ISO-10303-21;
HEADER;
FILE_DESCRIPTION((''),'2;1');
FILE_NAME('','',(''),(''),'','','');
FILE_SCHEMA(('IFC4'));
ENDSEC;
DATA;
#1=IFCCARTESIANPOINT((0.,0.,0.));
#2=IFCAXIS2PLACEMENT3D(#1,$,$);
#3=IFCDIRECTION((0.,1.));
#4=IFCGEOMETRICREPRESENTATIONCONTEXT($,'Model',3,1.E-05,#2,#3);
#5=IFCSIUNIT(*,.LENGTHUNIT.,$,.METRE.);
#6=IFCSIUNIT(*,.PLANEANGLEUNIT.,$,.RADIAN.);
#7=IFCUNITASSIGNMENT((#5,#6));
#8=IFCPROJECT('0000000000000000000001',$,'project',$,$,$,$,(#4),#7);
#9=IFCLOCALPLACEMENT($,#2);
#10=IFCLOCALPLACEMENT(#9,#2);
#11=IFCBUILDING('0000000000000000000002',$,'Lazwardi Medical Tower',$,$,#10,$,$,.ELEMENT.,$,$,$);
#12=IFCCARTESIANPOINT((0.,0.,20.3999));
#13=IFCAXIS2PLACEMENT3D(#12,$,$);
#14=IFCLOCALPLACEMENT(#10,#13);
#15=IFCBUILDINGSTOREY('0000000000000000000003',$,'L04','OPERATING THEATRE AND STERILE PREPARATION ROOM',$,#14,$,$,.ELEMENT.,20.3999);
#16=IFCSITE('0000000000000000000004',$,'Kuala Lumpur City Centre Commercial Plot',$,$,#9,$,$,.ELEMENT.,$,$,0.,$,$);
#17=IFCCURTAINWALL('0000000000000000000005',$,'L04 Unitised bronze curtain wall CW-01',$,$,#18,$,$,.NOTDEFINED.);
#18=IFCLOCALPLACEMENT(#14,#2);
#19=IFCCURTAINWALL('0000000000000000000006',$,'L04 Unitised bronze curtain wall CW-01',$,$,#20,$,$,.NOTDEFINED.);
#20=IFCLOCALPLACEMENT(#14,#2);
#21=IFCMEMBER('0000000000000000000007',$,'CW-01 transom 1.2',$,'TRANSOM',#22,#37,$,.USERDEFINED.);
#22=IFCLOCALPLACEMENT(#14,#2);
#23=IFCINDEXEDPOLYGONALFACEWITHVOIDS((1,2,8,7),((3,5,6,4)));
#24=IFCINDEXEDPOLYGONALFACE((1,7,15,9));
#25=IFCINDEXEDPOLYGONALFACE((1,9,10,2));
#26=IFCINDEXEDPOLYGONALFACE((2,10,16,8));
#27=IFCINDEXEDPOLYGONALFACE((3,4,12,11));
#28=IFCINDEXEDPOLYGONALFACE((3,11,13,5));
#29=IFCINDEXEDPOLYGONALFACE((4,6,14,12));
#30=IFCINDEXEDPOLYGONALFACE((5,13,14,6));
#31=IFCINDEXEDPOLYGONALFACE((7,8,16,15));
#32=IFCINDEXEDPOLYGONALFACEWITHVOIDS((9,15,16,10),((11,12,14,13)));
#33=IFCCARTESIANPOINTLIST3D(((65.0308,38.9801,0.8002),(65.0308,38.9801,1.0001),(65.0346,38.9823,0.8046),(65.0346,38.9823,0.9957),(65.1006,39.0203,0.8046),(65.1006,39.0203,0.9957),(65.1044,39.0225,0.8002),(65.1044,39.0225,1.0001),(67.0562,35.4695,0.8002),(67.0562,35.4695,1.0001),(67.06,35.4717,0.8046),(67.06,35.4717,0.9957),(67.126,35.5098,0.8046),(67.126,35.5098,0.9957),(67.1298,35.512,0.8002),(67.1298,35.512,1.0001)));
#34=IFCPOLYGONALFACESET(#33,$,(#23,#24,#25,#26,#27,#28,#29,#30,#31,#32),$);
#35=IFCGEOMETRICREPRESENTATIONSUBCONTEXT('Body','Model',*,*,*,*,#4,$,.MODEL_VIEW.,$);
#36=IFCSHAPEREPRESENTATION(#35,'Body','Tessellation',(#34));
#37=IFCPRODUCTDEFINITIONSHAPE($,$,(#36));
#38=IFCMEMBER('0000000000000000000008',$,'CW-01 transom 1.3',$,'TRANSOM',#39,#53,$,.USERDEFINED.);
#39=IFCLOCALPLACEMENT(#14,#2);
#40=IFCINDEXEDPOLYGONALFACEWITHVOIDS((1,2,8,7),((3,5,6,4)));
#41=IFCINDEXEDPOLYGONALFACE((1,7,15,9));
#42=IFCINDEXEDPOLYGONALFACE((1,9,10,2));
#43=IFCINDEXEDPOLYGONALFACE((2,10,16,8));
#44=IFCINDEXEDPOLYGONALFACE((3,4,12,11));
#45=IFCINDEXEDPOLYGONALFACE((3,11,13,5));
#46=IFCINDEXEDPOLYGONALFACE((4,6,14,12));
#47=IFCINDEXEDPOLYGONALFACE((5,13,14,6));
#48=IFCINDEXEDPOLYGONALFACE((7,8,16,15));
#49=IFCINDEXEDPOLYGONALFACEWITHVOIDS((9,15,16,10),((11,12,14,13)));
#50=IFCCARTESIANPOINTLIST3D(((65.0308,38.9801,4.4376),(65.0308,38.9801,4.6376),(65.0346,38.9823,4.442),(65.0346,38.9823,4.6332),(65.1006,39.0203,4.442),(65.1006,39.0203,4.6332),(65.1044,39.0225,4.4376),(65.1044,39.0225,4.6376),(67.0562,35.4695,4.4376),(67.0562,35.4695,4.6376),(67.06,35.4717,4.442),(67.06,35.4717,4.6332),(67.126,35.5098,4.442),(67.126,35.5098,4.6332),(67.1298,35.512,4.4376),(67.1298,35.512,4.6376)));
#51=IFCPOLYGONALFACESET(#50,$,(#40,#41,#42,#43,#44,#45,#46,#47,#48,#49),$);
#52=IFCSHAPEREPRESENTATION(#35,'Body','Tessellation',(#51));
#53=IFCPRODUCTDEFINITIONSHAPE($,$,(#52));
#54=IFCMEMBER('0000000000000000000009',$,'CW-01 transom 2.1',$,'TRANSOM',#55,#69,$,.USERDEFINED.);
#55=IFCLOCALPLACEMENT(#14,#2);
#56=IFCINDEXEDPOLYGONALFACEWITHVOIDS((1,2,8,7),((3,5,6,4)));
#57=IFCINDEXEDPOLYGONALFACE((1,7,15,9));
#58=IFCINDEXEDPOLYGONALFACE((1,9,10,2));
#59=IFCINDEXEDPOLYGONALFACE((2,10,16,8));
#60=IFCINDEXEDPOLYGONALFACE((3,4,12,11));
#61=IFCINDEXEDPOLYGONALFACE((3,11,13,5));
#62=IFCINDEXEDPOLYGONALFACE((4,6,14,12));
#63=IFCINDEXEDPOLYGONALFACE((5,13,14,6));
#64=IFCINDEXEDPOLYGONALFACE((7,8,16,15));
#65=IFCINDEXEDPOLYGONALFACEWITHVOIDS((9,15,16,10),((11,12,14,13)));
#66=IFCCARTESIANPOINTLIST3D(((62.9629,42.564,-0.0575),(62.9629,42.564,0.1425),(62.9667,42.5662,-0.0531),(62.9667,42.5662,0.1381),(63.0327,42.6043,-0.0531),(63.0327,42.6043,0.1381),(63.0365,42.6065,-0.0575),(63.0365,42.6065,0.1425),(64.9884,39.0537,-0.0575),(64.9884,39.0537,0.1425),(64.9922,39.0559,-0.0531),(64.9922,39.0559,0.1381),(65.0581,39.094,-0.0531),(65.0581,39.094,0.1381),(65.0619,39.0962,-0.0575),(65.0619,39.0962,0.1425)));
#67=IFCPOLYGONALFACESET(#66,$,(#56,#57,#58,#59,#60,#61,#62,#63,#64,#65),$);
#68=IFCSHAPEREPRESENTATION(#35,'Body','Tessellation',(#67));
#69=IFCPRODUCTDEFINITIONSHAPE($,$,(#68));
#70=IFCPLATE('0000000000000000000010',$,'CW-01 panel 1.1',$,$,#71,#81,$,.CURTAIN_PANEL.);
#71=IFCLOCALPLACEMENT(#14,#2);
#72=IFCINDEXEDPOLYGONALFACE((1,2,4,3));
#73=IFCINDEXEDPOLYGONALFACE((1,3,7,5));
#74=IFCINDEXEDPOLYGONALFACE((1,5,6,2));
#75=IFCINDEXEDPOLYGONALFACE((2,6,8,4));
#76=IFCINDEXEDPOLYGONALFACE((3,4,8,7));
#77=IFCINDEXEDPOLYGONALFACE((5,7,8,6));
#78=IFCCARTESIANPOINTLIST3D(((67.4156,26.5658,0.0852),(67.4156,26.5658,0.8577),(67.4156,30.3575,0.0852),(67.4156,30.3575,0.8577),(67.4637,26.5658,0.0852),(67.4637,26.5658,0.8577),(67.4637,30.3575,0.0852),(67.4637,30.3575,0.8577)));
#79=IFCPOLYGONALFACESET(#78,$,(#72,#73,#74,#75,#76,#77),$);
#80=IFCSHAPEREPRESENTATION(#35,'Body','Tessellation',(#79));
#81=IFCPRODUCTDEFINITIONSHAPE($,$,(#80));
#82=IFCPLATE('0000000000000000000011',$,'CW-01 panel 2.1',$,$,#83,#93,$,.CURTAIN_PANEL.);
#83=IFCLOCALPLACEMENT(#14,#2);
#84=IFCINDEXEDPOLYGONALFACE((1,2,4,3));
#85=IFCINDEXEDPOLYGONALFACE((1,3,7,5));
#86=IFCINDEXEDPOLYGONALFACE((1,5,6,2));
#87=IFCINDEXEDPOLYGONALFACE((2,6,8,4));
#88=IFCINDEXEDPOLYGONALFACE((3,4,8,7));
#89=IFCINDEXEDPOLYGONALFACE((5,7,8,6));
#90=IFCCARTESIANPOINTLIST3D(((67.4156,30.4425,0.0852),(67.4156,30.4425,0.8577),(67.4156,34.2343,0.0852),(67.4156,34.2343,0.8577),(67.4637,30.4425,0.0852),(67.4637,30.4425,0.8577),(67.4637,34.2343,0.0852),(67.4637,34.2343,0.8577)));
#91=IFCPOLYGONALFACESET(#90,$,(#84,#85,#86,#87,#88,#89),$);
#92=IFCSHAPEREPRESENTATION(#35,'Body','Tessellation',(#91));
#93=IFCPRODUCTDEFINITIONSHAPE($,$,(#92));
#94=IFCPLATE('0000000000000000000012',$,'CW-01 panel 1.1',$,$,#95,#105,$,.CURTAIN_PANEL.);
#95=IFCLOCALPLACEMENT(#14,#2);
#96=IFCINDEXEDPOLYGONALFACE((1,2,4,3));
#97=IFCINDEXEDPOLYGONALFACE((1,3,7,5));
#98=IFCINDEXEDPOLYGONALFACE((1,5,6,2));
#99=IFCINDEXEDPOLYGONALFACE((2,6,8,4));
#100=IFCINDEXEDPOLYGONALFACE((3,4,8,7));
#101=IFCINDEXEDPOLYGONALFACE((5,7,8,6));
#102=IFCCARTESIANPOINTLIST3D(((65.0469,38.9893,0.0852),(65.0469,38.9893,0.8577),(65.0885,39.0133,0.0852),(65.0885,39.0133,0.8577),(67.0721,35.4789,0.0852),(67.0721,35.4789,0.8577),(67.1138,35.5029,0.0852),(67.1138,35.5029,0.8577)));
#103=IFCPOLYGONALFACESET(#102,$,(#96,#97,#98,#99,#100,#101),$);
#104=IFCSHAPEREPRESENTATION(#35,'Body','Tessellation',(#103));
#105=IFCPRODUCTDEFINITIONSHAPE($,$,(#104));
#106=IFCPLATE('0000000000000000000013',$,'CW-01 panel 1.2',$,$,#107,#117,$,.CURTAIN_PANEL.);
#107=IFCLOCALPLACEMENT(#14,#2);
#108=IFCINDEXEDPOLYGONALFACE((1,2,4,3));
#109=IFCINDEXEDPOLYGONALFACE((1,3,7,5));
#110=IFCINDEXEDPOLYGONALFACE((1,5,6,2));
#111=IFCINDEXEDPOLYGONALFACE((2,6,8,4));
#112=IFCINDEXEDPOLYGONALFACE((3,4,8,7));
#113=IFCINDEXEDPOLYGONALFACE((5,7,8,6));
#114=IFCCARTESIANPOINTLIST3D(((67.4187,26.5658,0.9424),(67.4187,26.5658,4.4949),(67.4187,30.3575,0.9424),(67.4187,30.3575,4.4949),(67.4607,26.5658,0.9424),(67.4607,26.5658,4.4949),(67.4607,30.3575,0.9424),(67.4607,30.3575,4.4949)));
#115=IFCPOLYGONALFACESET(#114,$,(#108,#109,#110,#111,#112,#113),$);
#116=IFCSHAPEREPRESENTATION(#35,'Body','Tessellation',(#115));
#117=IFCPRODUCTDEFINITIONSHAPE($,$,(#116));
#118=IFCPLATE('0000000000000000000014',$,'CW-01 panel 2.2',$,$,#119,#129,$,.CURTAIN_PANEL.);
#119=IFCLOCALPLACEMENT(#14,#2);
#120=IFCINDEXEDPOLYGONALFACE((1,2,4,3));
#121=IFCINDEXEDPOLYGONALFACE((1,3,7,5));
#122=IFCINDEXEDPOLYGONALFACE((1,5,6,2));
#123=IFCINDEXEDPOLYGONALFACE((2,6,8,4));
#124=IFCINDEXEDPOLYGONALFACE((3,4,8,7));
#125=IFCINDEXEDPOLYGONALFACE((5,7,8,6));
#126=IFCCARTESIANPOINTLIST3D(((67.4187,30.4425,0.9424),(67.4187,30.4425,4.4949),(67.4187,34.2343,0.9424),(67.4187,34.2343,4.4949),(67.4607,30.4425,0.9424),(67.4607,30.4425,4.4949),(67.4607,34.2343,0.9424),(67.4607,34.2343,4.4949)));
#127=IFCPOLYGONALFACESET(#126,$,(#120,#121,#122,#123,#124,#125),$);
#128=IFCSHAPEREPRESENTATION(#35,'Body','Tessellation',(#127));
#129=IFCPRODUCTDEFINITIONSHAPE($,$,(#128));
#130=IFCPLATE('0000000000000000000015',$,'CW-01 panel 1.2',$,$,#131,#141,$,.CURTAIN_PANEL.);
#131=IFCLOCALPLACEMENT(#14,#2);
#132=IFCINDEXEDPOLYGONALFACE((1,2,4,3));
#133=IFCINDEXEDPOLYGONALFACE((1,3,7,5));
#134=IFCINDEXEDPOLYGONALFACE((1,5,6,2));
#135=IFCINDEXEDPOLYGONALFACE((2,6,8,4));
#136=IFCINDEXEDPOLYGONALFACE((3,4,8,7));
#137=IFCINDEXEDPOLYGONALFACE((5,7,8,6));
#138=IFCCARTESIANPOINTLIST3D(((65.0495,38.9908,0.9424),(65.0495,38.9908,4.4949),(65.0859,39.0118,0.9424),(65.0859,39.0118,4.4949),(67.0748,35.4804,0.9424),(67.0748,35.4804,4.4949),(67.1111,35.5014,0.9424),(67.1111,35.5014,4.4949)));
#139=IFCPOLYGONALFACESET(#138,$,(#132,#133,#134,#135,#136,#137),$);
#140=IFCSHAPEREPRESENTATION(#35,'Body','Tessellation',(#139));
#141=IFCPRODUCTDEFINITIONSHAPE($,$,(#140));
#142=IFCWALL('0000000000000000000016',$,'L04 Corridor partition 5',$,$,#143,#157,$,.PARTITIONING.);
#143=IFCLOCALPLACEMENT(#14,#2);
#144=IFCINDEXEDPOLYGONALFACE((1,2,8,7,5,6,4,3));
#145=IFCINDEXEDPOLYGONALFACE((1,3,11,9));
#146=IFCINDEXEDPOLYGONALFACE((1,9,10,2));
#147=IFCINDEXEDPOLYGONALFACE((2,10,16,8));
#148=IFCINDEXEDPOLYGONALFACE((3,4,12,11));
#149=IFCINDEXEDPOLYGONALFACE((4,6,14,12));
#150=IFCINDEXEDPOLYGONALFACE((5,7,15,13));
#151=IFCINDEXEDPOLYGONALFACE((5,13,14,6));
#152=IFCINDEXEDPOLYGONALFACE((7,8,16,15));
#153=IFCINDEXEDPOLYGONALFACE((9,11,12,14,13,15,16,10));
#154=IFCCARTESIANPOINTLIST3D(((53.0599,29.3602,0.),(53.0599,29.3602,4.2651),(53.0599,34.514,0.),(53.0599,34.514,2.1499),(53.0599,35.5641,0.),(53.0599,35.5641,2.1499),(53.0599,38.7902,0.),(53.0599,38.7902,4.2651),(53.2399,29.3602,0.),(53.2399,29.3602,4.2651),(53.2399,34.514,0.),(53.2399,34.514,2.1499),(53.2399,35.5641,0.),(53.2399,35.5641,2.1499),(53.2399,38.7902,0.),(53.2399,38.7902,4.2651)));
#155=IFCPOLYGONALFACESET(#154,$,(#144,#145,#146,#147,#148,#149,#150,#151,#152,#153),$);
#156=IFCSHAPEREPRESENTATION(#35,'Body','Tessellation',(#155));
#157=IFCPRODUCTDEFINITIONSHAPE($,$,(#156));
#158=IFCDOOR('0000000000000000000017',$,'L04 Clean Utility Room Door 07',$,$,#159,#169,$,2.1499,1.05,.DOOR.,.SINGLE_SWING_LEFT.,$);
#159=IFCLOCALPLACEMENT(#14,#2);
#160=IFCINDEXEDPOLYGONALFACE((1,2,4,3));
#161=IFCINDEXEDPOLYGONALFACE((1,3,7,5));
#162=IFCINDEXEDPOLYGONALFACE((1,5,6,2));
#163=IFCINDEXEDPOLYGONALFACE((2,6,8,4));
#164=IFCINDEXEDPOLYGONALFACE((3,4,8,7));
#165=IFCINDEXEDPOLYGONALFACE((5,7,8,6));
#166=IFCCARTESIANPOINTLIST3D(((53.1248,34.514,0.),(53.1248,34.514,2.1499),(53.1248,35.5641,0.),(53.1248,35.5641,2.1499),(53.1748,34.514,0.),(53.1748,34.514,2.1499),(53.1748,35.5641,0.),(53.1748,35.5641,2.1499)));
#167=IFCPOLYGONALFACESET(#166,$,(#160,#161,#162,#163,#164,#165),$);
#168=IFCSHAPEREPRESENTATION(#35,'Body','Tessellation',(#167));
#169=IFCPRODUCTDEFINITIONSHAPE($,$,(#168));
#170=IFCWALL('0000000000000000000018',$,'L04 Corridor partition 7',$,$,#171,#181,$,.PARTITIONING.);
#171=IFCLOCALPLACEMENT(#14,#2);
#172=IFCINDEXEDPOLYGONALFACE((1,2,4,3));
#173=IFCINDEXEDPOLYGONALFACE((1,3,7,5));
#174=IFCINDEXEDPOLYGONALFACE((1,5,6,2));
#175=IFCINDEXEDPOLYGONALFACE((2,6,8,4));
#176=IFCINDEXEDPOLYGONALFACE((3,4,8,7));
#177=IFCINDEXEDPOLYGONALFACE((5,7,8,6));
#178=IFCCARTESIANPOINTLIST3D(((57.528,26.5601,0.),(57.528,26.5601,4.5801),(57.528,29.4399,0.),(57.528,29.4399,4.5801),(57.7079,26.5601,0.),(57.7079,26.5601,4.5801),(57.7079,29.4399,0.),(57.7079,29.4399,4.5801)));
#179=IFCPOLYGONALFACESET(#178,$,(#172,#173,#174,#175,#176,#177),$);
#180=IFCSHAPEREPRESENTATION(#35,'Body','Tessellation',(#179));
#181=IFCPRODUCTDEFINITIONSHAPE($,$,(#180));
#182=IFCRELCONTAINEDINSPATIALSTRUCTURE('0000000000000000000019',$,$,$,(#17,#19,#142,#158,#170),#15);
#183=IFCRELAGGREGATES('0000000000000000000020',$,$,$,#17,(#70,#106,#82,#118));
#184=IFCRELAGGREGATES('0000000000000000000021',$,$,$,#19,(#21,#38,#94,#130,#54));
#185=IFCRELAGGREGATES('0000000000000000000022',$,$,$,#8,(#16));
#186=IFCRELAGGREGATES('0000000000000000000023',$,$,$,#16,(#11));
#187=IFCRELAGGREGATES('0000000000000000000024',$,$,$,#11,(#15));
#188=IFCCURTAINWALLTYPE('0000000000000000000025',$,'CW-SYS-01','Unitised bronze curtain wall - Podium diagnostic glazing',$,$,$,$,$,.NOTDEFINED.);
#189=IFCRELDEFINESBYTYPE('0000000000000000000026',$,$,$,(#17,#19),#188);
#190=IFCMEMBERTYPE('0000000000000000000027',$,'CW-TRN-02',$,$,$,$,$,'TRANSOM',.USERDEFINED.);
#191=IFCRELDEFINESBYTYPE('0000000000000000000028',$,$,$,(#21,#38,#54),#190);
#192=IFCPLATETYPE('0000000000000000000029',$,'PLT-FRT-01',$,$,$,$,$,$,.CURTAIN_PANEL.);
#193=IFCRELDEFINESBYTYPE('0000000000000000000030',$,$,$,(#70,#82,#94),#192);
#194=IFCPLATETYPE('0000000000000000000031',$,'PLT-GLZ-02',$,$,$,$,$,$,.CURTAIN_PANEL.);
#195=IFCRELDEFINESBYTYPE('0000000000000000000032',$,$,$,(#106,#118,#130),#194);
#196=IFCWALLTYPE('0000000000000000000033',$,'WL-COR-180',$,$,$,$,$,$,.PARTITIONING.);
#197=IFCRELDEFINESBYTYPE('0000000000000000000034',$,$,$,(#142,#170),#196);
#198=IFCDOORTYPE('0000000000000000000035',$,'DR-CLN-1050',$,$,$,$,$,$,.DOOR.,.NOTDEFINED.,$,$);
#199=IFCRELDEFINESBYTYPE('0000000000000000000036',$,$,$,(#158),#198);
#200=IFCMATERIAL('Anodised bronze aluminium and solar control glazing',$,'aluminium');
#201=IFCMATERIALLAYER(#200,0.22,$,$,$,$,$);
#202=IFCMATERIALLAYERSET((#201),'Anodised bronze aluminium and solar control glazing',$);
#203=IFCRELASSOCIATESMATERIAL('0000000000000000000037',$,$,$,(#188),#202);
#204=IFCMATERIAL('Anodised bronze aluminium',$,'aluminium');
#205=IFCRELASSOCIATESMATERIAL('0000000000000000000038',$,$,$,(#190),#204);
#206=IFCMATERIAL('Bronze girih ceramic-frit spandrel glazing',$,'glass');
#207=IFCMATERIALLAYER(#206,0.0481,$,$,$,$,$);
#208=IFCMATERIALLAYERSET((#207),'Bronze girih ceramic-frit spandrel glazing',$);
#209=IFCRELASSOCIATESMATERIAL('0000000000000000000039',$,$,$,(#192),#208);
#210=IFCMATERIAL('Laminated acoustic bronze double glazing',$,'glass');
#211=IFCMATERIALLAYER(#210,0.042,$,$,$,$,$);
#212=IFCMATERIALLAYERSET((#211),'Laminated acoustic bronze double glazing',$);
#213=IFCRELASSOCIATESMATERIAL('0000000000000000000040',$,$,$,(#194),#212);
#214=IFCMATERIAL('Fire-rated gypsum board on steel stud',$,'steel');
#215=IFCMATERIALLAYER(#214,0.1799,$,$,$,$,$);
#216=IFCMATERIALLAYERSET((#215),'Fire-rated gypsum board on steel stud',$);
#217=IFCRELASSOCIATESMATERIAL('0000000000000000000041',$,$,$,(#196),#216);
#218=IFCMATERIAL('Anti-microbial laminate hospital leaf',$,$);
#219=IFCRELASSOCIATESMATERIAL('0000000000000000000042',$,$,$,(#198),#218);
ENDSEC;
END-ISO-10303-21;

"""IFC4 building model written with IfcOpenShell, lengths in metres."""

from ifc_helpers import new_model, si_unit, direction, frame, frame_2d, origin, origin_2d, place, context, subcontext, project, spatial, rectangle, hollow_rectangle, extrude, material, layer, layer_set, material_profile, profile_set, type_object, element, fill, aggregate, save


model = new_model("IFC4")

# Units and contexts
model_context = context("Model", 3, precision=1e-05, world=origin(), true_north=direction((0.0, 1.0)))
body_context = subcontext(model_context, "Body", "Model", "MODEL_VIEW")
ifc_project = project(units=[si_unit("LENGTHUNIT", "METRE"), si_unit("PLANEANGLEUNIT", "RADIAN")], contexts=[model_context])

# Site, building, storey
site_placement = place(None, origin())
site = spatial("IfcSite", under=ifc_project, at=site_placement, Name="Kuala Lumpur City Centre Commercial Plot", CompositionType="ELEMENT", RefElevation=0.0)
building_placement = place(site_placement, origin())
building = spatial("IfcBuilding", under=site, at=building_placement, Name="Lazwardi Medical Tower", CompositionType="ELEMENT")
storey_placement = place(building_placement, frame((0.0, 0.0, 20.3999)))
storey = spatial("IfcBuildingStorey", under=building, at=storey_placement, Name="L04", Description="OPERATING THEATRE AND STERILE PREPARATION ROOM", CompositionType="ELEMENT", Elevation=20.3999)

# Curtain walls
ifc_material_1 = material(Name="Anodised bronze aluminium and solar control glazing", Category="aluminium")
ifc_layer_1 = layer(ifc_material_1, 0.22)
ifc_layer_set_1 = layer_set([ifc_layer_1], Name="Anodised bronze aluminium and solar control glazing")
curtain_wall_type = type_object("IfcCurtainWallType", Name="CW-SYS-01", Description="Unitised bronze curtain wall - Podium diagnostic glazing", PredefinedType="NOTDEFINED", material=ifc_layer_set_1)
curtain_wall_1_placement = place(storey_placement, origin())
curtain_wall_1 = element("IfcCurtainWall", 1, at=curtain_wall_1_placement, inside=storey, type_object=curtain_wall_type, Name="L04 Unitised bronze curtain wall CW-01", PredefinedType="NOTDEFINED")
ifc_material_2 = material(Name="Anodised bronze aluminium", Category="aluminium")
curtain_wall_2_placement = place(storey_placement, origin())
curtain_wall_2 = element("IfcCurtainWall", 2, at=curtain_wall_2_placement, inside=storey, type_object=curtain_wall_type, Name="L04 Unitised bronze curtain wall CW-01", PredefinedType="NOTDEFINED")

# Members
ifc_material_profile_1 = material_profile(ifc_material_2, hollow_rectangle(XDim=0.085, YDim=0.2, WallThickness=0.0044, at=origin_2d()), Name="ALU-TRANSOM 200x85x4.5")
ifc_profile_set_1 = profile_set([ifc_material_profile_1], Name="Anodised bronze aluminium")
member_type_1 = type_object("IfcMemberType", Name="CW-TRN-02", ElementType="TRANSOM", PredefinedType="USERDEFINED", material=ifc_profile_set_1)
member_1_placement = place(storey_placement, frame((67.093, 35.4907, 0.9001), z_axis=(-0.499742, 0.866175, 0.0), x_axis=(-0.866175, -0.499742, 0.0)))
member_1 = element("IfcMember", 3, at=member_1_placement, type_object=member_type_1, Name="CW-01 transom 1.2", ObjectType="TRANSOM", PredefinedType="USERDEFINED", context=body_context, shape_type="SweptSolid", body=[
    extrude(hollow_rectangle(XDim=0.085, YDim=0.2, WallThickness=0.0044, at=origin_2d()), origin(), (0.0, 0.0, 1.0), 4.053),
])
member_2_placement = place(storey_placement, frame((67.093, 35.4907, 4.5376), z_axis=(-0.499742, 0.866175, 0.0), x_axis=(-0.866175, -0.499742, 0.0)))
member_2 = element("IfcMember", 4, at=member_2_placement, type_object=member_type_1, Name="CW-01 transom 1.3", ObjectType="TRANSOM", PredefinedType="USERDEFINED", context=body_context, shape_type="SweptSolid", body=[
    extrude(hollow_rectangle(XDim=0.085, YDim=0.2, WallThickness=0.0044, at=origin_2d()), origin(), (0.0, 0.0, 1.0), 4.053),
])
member_3_placement = place(storey_placement, frame((65.0251, 39.075, 0.0425), z_axis=(-0.499768, 0.86616, 0.0), x_axis=(-0.86616, -0.499768, 0.0)))
member_3 = element("IfcMember", 5, at=member_3_placement, type_object=member_type_1, Name="CW-01 transom 2.1", ObjectType="TRANSOM", PredefinedType="USERDEFINED", context=body_context, shape_type="SweptSolid", body=[
    extrude(hollow_rectangle(XDim=0.085, YDim=0.2, WallThickness=0.0044, at=origin_2d()), origin(), (0.0, 0.0, 1.0), 4.0527),
])

# Plates
ifc_material_3 = material(Name="Bronze girih ceramic-frit spandrel glazing", Category="glass")
ifc_layer_2 = layer(ifc_material_3, 0.0481)
ifc_layer_set_2 = layer_set([ifc_layer_2], Name="Bronze girih ceramic-frit spandrel glazing")
plate_type_1 = type_object("IfcPlateType", Name="PLT-FRT-01", PredefinedType="CURTAIN_PANEL", material=ifc_layer_set_2)
plate_1_placement = place(storey_placement, frame((67.4397, 28.4617, 0.0852), z_axis=(0.0, 0.0, 1.0), x_axis=(0.0, 1.0, 0.0)))
plate_1 = element("IfcPlate", 6, at=plate_1_placement, type_object=plate_type_1, Name="CW-01 panel 1.1", PredefinedType="CURTAIN_PANEL", context=body_context, shape_type="SweptSolid", body=[
    extrude(rectangle(XDim=3.7917, YDim=0.0481, at=origin_2d()), origin(), (0.0, 0.0, 1.0), 0.7725),
])
plate_2_placement = place(storey_placement, frame((67.4397, 32.3384, 0.0852), z_axis=(0.0, 0.0, 1.0), x_axis=(0.0, 1.0, 0.0)))
plate_2 = element("IfcPlate", 7, at=plate_2_placement, type_object=plate_type_1, Name="CW-01 panel 2.1", PredefinedType="CURTAIN_PANEL", context=body_context, shape_type="SweptSolid", body=[
    extrude(rectangle(XDim=3.7917, YDim=0.0481, at=origin_2d()), origin(), (0.0, 0.0, 1.0), 0.7725),
])
plate_3_placement = place(storey_placement, frame((66.0803, 37.2461, 0.0852), z_axis=(0.0, 0.0, 1.0), x_axis=(-0.499731, 0.866181, 0.0)))
plate_3 = element("IfcPlate", 8, at=plate_3_placement, type_object=plate_type_1, Name="CW-01 panel 1.1", PredefinedType="CURTAIN_PANEL", context=body_context, shape_type="SweptSolid", body=[
    extrude(rectangle(XDim=4.0527, YDim=0.0481, at=origin_2d()), origin(), (0.0, 0.0, 1.0), 0.7725),
])
ifc_material_4 = material(Name="Laminated acoustic bronze double glazing", Category="glass")
ifc_layer_3 = layer(ifc_material_4, 0.042)
ifc_layer_set_3 = layer_set([ifc_layer_3], Name="Laminated acoustic bronze double glazing")
plate_type_2 = type_object("IfcPlateType", Name="PLT-GLZ-02", PredefinedType="CURTAIN_PANEL", material=ifc_layer_set_3)
plate_4_placement = place(storey_placement, frame((67.4397, 28.4617, 0.9424), z_axis=(0.0, 0.0, 1.0), x_axis=(0.0, 1.0, 0.0)))
plate_4 = element("IfcPlate", 9, at=plate_4_placement, type_object=plate_type_2, Name="CW-01 panel 1.2", PredefinedType="CURTAIN_PANEL", context=body_context, shape_type="SweptSolid", body=[
    extrude(rectangle(XDim=3.7917, YDim=0.042, at=origin_2d()), origin(), (0.0, 0.0, 1.0), 3.5525),
])
plate_5_placement = place(storey_placement, frame((67.4397, 32.3384, 0.9424), z_axis=(0.0, 0.0, 1.0), x_axis=(0.0, 1.0, 0.0)))
plate_5 = element("IfcPlate", 10, at=plate_5_placement, type_object=plate_type_2, Name="CW-01 panel 2.2", PredefinedType="CURTAIN_PANEL", context=body_context, shape_type="SweptSolid", body=[
    extrude(rectangle(XDim=3.7917, YDim=0.042, at=origin_2d()), origin(), (0.0, 0.0, 1.0), 3.5525),
])
aggregate(curtain_wall_1, [plate_1, plate_4, plate_2, plate_5])
plate_6_placement = place(storey_placement, frame((66.0803, 37.2461, 0.9424), z_axis=(0.0, 0.0, 1.0), x_axis=(-0.499731, 0.866181, 0.0)))
plate_6 = element("IfcPlate", 11, at=plate_6_placement, type_object=plate_type_2, Name="CW-01 panel 1.2", PredefinedType="CURTAIN_PANEL", context=body_context, shape_type="SweptSolid", body=[
    extrude(rectangle(XDim=4.0527, YDim=0.042, at=origin_2d()), origin(), (0.0, 0.0, 1.0), 3.5525),
])
aggregate(curtain_wall_2, [member_1, member_2, plate_3, plate_6, member_3])

# Wall, opening, door
ifc_material_5 = material(Name="Fire-rated gypsum board on steel stud", Category="steel")
ifc_layer_4 = layer(ifc_material_5, 0.1799)
ifc_layer_set_4 = layer_set([ifc_layer_4], Name="Fire-rated gypsum board on steel stud")
wall_type_1 = type_object("IfcWallType", Name="WL-COR-180", PredefinedType="PARTITIONING", material=ifc_layer_set_4)
wall_1_placement = place(storey_placement, frame((53.1499, 38.79, 0.0), z_axis=(0.0, 0.0, 1.0), x_axis=(0.0, -1.0, 0.0)))
wall_1 = element("IfcWall", 12, at=wall_1_placement, inside=storey, type_object=wall_type_1, Name="L04 Corridor partition 5", PredefinedType="PARTITIONING", context=body_context, shape_type="SweptSolid", body=[
    extrude(rectangle(XDim=9.4299, YDim=0.1799, at=frame_2d((4.7148, 0.0))), origin(), (0.0, 0.0, 1.0), 4.2651),
])
opening_placement = place(wall_1_placement, frame((3.2261, 0.0, 0.0)))
opening = element("IfcOpeningElement", 13, at=opening_placement, cuts=wall_1, PredefinedType="OPENING", context=body_context, shape_type="SweptSolid", body=[
    extrude(rectangle(XDim=1.05, YDim=2.1499, at=frame_2d((0.5249, 1.075))), frame((0.0, 0.0999, 0.0), z_axis=(0.0, -1.0, 0.0), x_axis=(1.0, 0.0, 0.0)), (0.0, 0.0, 1.0), 0.2),
])
ifc_material_6 = material(Name="Anti-microbial laminate hospital leaf")
door_type = type_object("IfcDoorType", Name="DR-CLN-1050", OperationType="NOTDEFINED", PredefinedType="DOOR", material=ifc_material_6)
door_placement = place(opening_placement, origin())
door = element("IfcDoor", 14, at=door_placement, inside=storey, type_object=door_type, Name="L04 Clean Utility Room Door 07", OperationType="SINGLE_SWING_LEFT", OverallHeight=2.1499, OverallWidth=1.05, PredefinedType="DOOR", context=body_context, shape_type="SweptSolid", body=[
    extrude(rectangle(XDim=1.05, YDim=2.1499, at=frame_2d((0.5249, 1.075))), frame((0.0, 0.0249, 0.0), z_axis=(0.0, -1.0, 0.0), x_axis=(1.0, 0.0, 0.0)), (0.0, 0.0, 1.0), 0.05),
])
fill(opening, door)

# Wall
wall_2_placement = place(storey_placement, frame((57.6179, 29.4399, 0.0), z_axis=(0.0, 0.0, 1.0), x_axis=(0.0, -1.0, 0.0)))
element("IfcWall", 15, at=wall_2_placement, inside=storey, type_object=wall_type_1, Name="L04 Corridor partition 7", PredefinedType="PARTITIONING", context=body_context, shape_type="SweptSolid", body=[
    extrude(rectangle(XDim=2.8799, YDim=0.1799, at=frame_2d((1.4399, 0.0))), origin(), (0.0, 0.0, 1.0), 4.5801),
])

save(model, "model.ifc")
